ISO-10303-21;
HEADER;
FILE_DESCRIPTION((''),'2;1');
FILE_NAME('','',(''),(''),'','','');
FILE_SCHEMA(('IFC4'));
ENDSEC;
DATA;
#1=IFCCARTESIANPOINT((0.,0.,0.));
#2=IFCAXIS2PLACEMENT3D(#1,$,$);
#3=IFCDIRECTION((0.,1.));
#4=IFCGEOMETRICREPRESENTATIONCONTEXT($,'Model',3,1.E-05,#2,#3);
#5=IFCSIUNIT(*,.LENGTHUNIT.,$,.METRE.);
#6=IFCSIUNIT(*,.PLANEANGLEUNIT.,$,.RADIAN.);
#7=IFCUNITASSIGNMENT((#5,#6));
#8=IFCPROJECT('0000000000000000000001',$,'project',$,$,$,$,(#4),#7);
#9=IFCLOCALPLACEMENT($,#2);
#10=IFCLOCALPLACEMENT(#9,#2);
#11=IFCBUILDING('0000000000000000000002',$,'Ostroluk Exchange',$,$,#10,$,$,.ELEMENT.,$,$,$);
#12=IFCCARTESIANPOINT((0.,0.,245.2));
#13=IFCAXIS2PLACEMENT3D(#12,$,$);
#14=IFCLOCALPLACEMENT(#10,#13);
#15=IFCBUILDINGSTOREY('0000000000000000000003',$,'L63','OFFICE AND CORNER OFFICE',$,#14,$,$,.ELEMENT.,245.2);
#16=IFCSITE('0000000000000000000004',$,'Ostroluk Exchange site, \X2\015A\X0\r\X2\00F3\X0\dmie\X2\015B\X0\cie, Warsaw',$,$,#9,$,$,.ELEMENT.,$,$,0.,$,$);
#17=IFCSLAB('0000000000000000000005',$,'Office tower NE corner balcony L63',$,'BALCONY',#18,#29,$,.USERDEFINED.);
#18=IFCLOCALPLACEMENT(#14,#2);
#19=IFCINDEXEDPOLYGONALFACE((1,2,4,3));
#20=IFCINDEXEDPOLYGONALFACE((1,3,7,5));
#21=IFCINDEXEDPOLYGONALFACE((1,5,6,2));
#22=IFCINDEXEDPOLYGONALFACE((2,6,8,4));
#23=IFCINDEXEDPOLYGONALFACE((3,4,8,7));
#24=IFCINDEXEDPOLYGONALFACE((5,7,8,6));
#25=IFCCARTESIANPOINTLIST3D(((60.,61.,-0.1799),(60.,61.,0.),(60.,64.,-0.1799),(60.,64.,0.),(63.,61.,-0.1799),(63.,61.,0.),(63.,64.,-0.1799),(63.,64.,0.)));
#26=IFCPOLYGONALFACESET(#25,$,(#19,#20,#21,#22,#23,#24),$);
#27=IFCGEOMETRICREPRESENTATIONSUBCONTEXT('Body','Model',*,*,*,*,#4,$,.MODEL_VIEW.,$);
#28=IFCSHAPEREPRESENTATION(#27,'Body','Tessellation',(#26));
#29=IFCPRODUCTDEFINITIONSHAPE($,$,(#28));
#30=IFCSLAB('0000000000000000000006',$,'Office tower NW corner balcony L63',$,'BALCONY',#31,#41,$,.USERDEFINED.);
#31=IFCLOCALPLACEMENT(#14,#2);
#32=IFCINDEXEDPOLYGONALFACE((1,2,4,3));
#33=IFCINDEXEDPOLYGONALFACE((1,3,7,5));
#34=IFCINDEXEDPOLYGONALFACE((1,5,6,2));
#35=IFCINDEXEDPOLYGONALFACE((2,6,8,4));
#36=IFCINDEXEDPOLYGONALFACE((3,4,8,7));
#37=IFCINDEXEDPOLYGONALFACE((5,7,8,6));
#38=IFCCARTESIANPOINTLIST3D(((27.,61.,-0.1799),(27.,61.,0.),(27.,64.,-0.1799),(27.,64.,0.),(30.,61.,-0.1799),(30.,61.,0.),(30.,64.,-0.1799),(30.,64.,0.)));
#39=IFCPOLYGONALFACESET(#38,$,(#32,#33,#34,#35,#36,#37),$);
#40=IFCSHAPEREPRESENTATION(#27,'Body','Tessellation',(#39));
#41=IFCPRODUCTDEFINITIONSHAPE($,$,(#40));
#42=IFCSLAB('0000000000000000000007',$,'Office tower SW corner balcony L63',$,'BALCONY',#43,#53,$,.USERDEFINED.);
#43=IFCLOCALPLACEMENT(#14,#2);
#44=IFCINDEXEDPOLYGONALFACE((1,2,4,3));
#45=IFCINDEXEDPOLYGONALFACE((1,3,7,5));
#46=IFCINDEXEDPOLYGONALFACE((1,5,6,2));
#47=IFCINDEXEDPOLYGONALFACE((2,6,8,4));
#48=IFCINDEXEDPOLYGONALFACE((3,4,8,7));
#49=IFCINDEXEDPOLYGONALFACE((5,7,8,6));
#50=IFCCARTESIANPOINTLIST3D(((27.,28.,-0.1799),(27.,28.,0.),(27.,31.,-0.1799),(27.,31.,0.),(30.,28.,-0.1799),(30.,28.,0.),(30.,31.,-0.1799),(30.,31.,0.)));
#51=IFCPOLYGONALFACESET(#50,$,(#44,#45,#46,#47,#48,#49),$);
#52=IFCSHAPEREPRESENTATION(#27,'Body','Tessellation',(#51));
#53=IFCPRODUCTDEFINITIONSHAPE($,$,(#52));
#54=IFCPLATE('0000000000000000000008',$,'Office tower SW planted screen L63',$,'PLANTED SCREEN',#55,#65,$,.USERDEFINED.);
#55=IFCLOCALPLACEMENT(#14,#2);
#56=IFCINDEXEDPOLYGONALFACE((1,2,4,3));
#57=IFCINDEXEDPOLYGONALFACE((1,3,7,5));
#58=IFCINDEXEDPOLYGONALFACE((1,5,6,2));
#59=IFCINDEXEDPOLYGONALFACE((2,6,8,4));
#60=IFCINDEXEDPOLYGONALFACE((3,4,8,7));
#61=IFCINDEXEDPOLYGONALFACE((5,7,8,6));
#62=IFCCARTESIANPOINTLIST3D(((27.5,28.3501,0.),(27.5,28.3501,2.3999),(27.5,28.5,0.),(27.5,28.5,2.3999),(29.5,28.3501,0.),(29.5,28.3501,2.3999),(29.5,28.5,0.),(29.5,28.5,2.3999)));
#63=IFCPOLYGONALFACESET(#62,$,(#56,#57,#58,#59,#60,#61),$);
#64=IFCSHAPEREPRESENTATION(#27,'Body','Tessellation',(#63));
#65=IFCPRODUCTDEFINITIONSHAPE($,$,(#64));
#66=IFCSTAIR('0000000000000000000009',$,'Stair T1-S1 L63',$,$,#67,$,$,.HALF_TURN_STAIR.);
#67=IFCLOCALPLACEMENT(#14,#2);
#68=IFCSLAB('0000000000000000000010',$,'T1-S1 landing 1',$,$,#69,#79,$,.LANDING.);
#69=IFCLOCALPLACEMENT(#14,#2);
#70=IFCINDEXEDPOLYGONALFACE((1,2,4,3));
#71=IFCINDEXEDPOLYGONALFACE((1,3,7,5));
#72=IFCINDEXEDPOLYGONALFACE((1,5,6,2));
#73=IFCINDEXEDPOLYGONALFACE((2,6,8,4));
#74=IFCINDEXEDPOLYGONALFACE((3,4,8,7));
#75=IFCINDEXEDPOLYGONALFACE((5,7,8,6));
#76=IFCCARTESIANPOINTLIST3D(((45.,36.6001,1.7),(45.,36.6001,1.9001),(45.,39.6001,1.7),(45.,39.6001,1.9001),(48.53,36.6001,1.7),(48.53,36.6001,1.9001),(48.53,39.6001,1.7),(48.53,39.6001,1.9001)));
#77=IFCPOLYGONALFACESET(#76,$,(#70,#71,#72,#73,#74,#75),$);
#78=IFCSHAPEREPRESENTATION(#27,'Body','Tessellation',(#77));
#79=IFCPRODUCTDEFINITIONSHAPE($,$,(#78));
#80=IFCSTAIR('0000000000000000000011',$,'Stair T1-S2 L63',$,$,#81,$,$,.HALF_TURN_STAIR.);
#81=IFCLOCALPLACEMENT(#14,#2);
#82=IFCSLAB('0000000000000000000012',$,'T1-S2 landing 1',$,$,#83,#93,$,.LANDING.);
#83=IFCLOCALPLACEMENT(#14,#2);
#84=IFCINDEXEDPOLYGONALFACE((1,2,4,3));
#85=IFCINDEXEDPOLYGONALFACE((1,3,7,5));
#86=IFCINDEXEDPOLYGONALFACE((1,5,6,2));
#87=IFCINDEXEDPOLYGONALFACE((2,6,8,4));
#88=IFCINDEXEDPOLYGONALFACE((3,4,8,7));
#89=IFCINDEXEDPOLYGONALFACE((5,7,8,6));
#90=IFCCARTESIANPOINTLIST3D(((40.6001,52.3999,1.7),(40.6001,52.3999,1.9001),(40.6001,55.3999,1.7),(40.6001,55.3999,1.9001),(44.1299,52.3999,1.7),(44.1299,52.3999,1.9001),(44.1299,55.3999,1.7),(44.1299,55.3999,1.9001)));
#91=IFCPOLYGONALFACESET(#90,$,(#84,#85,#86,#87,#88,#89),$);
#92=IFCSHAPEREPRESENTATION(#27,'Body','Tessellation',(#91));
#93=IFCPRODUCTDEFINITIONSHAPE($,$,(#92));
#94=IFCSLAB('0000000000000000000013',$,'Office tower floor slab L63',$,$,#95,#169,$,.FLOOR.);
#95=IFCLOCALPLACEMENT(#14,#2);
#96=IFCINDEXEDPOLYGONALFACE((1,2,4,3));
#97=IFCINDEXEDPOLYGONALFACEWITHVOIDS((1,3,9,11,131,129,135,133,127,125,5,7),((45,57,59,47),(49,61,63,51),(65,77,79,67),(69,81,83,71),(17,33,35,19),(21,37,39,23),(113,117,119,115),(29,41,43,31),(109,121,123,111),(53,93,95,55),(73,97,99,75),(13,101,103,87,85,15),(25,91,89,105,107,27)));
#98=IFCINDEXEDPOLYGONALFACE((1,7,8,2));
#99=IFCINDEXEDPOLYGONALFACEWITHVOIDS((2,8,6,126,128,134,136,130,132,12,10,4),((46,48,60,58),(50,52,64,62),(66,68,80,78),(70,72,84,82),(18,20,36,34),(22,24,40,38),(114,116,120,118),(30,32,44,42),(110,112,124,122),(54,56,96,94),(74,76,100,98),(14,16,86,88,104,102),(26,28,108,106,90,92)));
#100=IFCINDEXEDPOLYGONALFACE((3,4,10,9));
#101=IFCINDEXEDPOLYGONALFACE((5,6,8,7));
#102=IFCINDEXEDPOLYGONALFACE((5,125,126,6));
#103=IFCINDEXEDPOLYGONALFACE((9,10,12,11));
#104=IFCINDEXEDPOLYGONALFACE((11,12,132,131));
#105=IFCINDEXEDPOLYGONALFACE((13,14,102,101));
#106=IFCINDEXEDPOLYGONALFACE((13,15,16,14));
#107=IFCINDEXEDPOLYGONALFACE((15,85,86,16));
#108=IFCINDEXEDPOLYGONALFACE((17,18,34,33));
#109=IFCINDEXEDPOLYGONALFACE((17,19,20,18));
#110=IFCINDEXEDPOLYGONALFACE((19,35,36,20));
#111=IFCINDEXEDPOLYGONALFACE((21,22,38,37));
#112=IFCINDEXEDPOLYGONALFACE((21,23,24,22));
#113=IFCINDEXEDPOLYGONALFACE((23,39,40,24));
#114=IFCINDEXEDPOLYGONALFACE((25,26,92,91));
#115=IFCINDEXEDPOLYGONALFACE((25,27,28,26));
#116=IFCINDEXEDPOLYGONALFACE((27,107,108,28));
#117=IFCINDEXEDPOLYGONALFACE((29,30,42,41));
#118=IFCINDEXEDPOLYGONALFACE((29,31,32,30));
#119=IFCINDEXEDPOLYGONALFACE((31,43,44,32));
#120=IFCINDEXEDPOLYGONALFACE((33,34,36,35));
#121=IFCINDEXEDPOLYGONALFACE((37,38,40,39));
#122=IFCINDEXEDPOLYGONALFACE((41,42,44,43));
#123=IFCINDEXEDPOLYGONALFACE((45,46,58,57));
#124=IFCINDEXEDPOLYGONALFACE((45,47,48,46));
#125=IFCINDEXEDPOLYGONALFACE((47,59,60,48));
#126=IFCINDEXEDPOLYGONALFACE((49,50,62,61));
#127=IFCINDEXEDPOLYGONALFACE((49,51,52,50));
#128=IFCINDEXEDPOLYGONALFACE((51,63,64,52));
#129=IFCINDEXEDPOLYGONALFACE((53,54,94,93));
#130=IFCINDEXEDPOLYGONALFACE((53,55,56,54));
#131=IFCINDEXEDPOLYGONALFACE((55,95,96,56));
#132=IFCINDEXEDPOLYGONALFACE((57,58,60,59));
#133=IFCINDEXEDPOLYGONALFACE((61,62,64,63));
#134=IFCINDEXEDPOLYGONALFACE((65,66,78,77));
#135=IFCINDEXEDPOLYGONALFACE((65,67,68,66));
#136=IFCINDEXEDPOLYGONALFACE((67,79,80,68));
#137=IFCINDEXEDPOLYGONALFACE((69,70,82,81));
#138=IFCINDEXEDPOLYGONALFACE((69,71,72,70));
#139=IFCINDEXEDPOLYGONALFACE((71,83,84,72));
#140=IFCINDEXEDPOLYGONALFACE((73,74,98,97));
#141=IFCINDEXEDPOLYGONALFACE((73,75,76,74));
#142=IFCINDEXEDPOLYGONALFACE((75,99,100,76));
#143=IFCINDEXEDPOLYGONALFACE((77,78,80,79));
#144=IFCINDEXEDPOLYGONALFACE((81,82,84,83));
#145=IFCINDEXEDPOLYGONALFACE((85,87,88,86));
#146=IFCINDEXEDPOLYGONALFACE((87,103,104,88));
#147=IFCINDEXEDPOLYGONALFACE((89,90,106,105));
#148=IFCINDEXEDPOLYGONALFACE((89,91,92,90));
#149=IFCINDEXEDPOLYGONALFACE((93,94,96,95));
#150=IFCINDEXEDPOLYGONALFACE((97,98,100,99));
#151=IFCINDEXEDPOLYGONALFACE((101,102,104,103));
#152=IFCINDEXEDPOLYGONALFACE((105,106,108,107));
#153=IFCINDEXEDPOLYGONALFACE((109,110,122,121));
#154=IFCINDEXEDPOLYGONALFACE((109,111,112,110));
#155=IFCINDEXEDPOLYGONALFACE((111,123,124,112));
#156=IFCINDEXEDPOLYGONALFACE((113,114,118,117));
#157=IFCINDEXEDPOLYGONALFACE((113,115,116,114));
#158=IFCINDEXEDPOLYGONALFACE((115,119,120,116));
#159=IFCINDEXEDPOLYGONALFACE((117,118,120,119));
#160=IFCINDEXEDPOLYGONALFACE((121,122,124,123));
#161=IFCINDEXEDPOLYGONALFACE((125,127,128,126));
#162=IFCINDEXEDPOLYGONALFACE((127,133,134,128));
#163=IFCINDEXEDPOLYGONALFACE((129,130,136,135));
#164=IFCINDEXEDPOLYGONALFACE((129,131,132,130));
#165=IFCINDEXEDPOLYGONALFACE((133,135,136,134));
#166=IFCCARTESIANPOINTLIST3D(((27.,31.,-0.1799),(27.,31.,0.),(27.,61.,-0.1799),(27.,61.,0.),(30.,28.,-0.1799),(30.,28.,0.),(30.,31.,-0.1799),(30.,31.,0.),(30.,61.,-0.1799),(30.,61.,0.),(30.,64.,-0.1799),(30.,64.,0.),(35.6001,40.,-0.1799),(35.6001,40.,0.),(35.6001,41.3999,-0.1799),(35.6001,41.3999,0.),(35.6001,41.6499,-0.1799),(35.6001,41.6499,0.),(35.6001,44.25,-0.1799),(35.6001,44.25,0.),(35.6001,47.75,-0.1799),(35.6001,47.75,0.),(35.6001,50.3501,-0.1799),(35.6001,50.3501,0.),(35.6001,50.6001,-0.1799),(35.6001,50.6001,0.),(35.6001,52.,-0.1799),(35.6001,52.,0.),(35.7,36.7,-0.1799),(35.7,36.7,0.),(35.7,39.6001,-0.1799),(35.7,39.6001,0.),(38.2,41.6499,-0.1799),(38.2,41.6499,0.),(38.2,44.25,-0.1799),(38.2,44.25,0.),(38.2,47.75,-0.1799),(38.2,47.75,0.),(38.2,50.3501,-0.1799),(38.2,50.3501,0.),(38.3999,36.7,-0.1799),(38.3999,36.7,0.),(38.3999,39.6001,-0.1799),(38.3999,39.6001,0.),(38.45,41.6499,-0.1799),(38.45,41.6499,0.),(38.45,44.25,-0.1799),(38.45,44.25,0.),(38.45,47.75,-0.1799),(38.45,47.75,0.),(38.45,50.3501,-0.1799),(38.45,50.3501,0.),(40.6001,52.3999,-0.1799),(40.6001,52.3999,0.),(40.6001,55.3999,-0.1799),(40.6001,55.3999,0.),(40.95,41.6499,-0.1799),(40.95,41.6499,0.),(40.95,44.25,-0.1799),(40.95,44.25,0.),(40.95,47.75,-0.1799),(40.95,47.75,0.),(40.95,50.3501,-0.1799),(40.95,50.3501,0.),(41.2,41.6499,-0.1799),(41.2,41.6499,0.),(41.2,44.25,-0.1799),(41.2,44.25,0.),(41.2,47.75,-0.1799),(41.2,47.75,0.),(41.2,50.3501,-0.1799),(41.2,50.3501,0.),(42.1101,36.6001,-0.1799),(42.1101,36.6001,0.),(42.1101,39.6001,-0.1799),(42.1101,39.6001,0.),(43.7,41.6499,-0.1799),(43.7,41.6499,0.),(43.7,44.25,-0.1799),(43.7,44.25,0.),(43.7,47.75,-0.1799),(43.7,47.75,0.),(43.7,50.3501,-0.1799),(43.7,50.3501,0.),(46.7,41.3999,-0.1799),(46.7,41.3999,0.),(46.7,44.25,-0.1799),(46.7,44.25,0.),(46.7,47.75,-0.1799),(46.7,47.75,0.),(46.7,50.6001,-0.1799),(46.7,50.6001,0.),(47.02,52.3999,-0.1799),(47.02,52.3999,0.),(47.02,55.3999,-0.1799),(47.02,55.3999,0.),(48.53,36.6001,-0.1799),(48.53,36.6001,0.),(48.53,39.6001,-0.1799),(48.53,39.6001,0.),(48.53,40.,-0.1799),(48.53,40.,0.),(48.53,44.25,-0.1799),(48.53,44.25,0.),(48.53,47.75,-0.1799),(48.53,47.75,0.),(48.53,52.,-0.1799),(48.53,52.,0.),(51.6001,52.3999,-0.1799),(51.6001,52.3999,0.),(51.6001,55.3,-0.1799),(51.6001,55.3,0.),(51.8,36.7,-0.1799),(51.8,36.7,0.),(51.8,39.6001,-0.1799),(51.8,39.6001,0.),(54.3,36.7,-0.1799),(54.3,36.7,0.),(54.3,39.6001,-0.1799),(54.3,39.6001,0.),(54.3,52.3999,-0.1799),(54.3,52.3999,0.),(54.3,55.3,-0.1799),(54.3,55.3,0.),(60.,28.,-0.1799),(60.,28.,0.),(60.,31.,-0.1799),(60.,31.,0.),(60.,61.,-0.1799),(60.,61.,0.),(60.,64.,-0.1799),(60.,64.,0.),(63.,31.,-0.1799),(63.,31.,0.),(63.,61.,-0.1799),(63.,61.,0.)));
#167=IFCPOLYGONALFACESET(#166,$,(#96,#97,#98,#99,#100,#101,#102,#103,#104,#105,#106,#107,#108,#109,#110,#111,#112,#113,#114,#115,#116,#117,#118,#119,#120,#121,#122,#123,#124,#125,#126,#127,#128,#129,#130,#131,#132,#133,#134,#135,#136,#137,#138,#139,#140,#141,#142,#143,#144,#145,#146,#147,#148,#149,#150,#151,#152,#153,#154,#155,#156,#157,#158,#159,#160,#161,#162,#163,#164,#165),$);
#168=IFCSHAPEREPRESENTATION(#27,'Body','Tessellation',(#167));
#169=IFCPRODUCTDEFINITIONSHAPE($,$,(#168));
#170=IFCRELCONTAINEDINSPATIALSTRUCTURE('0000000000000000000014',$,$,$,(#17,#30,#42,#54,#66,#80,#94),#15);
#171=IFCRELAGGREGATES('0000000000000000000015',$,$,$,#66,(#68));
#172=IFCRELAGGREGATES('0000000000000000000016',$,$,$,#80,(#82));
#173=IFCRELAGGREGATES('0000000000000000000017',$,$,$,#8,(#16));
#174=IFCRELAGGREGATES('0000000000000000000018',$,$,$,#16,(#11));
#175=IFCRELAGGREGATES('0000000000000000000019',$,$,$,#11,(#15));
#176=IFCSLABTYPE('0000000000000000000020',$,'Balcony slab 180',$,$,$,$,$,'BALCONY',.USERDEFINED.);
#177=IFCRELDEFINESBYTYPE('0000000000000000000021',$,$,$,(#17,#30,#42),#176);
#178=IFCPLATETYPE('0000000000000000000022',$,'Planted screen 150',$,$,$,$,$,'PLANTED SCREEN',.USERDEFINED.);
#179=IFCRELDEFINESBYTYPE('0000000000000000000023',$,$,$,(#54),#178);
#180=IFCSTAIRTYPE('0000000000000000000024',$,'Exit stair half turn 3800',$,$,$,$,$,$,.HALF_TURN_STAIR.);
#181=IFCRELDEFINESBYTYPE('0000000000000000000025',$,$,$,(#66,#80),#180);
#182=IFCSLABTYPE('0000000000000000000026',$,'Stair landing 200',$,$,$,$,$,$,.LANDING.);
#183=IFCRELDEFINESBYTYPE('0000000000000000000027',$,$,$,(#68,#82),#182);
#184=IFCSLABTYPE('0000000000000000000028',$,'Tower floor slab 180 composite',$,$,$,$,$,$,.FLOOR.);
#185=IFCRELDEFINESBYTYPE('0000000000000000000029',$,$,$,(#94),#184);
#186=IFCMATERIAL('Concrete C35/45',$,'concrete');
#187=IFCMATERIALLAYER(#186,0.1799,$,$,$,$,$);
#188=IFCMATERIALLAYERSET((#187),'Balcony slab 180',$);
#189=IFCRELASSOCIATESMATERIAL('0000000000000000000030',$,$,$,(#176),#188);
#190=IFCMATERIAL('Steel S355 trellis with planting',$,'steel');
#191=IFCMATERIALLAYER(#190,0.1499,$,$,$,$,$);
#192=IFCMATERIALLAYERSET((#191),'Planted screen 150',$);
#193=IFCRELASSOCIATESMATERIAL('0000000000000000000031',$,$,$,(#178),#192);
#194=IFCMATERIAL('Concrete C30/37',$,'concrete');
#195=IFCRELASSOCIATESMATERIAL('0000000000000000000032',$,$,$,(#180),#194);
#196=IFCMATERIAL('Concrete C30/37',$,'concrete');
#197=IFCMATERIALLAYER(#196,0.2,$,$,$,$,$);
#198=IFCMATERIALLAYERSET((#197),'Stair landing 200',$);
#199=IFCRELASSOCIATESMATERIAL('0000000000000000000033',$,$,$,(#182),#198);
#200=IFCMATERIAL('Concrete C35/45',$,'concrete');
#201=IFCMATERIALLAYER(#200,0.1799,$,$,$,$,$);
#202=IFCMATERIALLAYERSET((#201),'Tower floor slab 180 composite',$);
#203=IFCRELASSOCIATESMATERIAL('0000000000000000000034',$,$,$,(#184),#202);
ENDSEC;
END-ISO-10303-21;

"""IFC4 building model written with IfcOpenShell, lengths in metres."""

from ifc_helpers import new_model, si_unit, direction, frame, origin, origin_2d, place, context, subcontext, project, spatial, polyline, rectangle, outline, extrude, material, layer, layer_set, type_object, element, aggregate, save


model = new_model("IFC4")

# Units and contexts
model_context = context("Model", 3, precision=1e-05, world=origin(), true_north=direction((0.0, 1.0)))
body_context = subcontext(model_context, "Body", "Model", "MODEL_VIEW")
ifc_project = project(units=[si_unit("LENGTHUNIT", "METRE"), si_unit("PLANEANGLEUNIT", "RADIAN")], contexts=[model_context])

# Site, building, storey
site_placement = place(None, origin())
site = spatial("IfcSite", under=ifc_project, at=site_placement, Name="Ostroluk Exchange site, Śródmieście, Warsaw", CompositionType="ELEMENT", RefElevation=0.0)
building_placement = place(site_placement, origin())
building = spatial("IfcBuilding", under=site, at=building_placement, Name="Ostroluk Exchange", CompositionType="ELEMENT")
storey_placement = place(building_placement, frame((0.0, 0.0, 245.2)))
storey = spatial("IfcBuildingStorey", under=building, at=storey_placement, Name="L63", Description="OFFICE AND CORNER OFFICE", CompositionType="ELEMENT", Elevation=245.2)

# Slabs
ifc_material_1 = material(Name="Concrete C35/45", Category="concrete")
ifc_layer_1 = layer(ifc_material_1, 0.1799)
ifc_layer_set_1 = layer_set([ifc_layer_1], Name="Balcony slab 180")
slab_type_1 = type_object("IfcSlabType", Name="Balcony slab 180", ElementType="BALCONY", PredefinedType="USERDEFINED", material=ifc_layer_set_1)
slab_1_placement = place(storey_placement, frame((0.0, 0.0, -0.1799)))
element("IfcSlab", 1, at=slab_1_placement, inside=storey, type_object=slab_type_1, Name="Office tower NE corner balcony L63", ObjectType="BALCONY", PredefinedType="USERDEFINED", context=body_context, shape_type="SweptSolid", body=[
    extrude(outline(polyline([(60.0, 61.0), (63.0, 61.0), (63.0, 64.0), (60.0, 64.0), (60.0, 61.0)])), origin(), (0.0, 0.0, 1.0), 0.1799),
])
slab_2_placement = place(storey_placement, frame((0.0, 0.0, -0.1799)))
element("IfcSlab", 2, at=slab_2_placement, inside=storey, type_object=slab_type_1, Name="Office tower NW corner balcony L63", ObjectType="BALCONY", PredefinedType="USERDEFINED", context=body_context, shape_type="SweptSolid", body=[
    extrude(outline(polyline([(27.0, 61.0), (30.0, 61.0), (30.0, 64.0), (27.0, 64.0), (27.0, 61.0)])), origin(), (0.0, 0.0, 1.0), 0.1799),
])
slab_3_placement = place(storey_placement, frame((0.0, 0.0, -0.1799)))
element("IfcSlab", 3, at=slab_3_placement, inside=storey, type_object=slab_type_1, Name="Office tower SW corner balcony L63", ObjectType="BALCONY", PredefinedType="USERDEFINED", context=body_context, shape_type="SweptSolid", body=[
    extrude(outline(polyline([(27.0, 28.0), (30.0, 28.0), (30.0, 31.0), (27.0, 31.0), (27.0, 28.0)])), origin(), (0.0, 0.0, 1.0), 0.1799),
])

# Plate
ifc_material_2 = material(Name="Steel S355 trellis with planting", Category="steel")
ifc_layer_2 = layer(ifc_material_2, 0.1499)
ifc_layer_set_2 = layer_set([ifc_layer_2], Name="Planted screen 150")
plate_type = type_object("IfcPlateType", Name="Planted screen 150", ElementType="PLANTED SCREEN", PredefinedType="USERDEFINED", material=ifc_layer_set_2)
plate_placement = place(storey_placement, frame((28.5, 28.425, 0.0), z_axis=(0.0, 0.0, 1.0), x_axis=(1.0, 0.0, 0.0)))
element("IfcPlate", 4, at=plate_placement, inside=storey, type_object=plate_type, Name="Office tower SW planted screen L63", ObjectType="PLANTED SCREEN", PredefinedType="USERDEFINED", context=body_context, shape_type="SweptSolid", body=[
    extrude(rectangle(XDim=2.0, YDim=0.1499, at=origin_2d()), origin(), (0.0, 0.0, 1.0), 2.3999),
])

# Stairs, slabs
ifc_material_3 = material(Name="Concrete C30/37", Category="concrete")
stair_type = type_object("IfcStairType", Name="Exit stair half turn 3800", PredefinedType="HALF_TURN_STAIR", material=ifc_material_3)
stair_1_placement = place(storey_placement, origin())
stair_1 = element("IfcStair", 5, at=stair_1_placement, inside=storey, type_object=stair_type, Name="Stair T1-S1 L63", PredefinedType="HALF_TURN_STAIR")
ifc_material_4 = material(Name="Concrete C30/37", Category="concrete")
ifc_layer_3 = layer(ifc_material_4, 0.2)
ifc_layer_set_3 = layer_set([ifc_layer_3], Name="Stair landing 200")
slab_type_2 = type_object("IfcSlabType", Name="Stair landing 200", PredefinedType="LANDING", material=ifc_layer_set_3)
slab_4_placement = place(storey_placement, frame((0.0, 0.0, 1.7)))
slab_4 = element("IfcSlab", 6, at=slab_4_placement, type_object=slab_type_2, Name="T1-S1 landing 1", PredefinedType="LANDING", context=body_context, shape_type="SweptSolid", body=[
    extrude(outline(polyline([(45.0, 36.6001), (45.0, 39.6001), (48.53, 39.6001), (48.53, 36.6001), (45.0, 36.6001)])), origin(), (0.0, 0.0, 1.0), 0.2002),
])
aggregate(stair_1, [slab_4])
stair_2_placement = place(storey_placement, origin())
stair_2 = element("IfcStair", 7, at=stair_2_placement, inside=storey, type_object=stair_type, Name="Stair T1-S2 L63", PredefinedType="HALF_TURN_STAIR")
slab_5_placement = place(storey_placement, frame((0.0, 0.0, 1.7)))
slab_5 = element("IfcSlab", 8, at=slab_5_placement, type_object=slab_type_2, Name="T1-S2 landing 1", PredefinedType="LANDING", context=body_context, shape_type="SweptSolid", body=[
    extrude(outline(polyline([(44.1299, 52.3999), (44.1299, 55.3999), (40.6001, 55.3999), (40.6001, 52.3999), (44.1299, 52.3999)])), origin(), (0.0, 0.0, 1.0), 0.2002),
])
aggregate(stair_2, [slab_5])

# Slab
ifc_material_5 = material(Name="Concrete C35/45", Category="concrete")
ifc_layer_4 = layer(ifc_material_5, 0.1799)
ifc_layer_set_4 = layer_set([ifc_layer_4], Name="Tower floor slab 180 composite")
slab_type_3 = type_object("IfcSlabType", Name="Tower floor slab 180 composite", PredefinedType="FLOOR", material=ifc_layer_set_4)
slab_6_placement = place(storey_placement, frame((0.0, 0.0, -0.1799)))
element("IfcSlab", 9, at=slab_6_placement, inside=storey, type_object=slab_type_3, Name="Office tower floor slab L63", PredefinedType="FLOOR", context=body_context, shape_type="SweptSolid", body=[
    extrude(outline(polyline([(30.0, 28.0), (60.0, 28.0), (60.0, 31.0), (63.0, 31.0), (63.0, 61.0), (60.0, 61.0), (60.0, 64.0), (30.0, 64.0), (30.0, 61.0), (27.0, 61.0), (27.0, 31.0), (30.0, 31.0), (30.0, 28.0)]), holes=[polyline([(35.7, 36.7), (38.3999, 36.7), (38.3999, 39.6001), (35.7, 39.6001), (35.7, 36.7)]), polyline([(42.1101, 36.6001), (48.53, 36.6001), (48.53, 39.6001), (42.1101, 39.6001), (42.1101, 36.6001)]), polyline([(51.8, 36.7), (54.3, 36.7), (54.3, 39.6001), (51.8, 39.6001), (51.8, 36.7)]), polyline([(40.6001, 52.3999), (47.02, 52.3999), (47.02, 55.3999), (40.6001, 55.3999), (40.6001, 52.3999)]), polyline([(51.6001, 52.3999), (54.3, 52.3999), (54.3, 55.3), (51.6001, 55.3), (51.6001, 52.3999)]), polyline([(35.6001, 47.75), (38.2, 47.75), (38.2, 50.3501), (35.6001, 50.3501), (35.6001, 47.75)]), polyline([(38.45, 47.75), (40.95, 47.75), (40.95, 50.3501), (38.45, 50.3501), (38.45, 47.75)]), polyline([(41.2, 47.75), (43.7, 47.75), (43.7, 50.3501), (41.2, 50.3501), (41.2, 47.75)]), polyline([(35.6001, 41.6499), (38.2, 41.6499), (38.2, 44.25), (35.6001, 44.25), (35.6001, 41.6499)]), polyline([(38.45, 41.6499), (40.95, 41.6499), (40.95, 44.25), (38.45, 44.25), (38.45, 41.6499)]), polyline([(41.2, 41.6499), (43.7, 41.6499), (43.7, 44.25), (41.2, 44.25), (41.2, 41.6499)]), polyline([(48.53, 52.0), (48.53, 47.75), (46.7, 47.75), (46.7, 50.6001), (35.6001, 50.6001), (35.6001, 52.0), (48.53, 52.0)]), polyline([(35.6001, 40.0), (35.6001, 41.3999), (46.7, 41.3999), (46.7, 44.25), (48.53, 44.25), (48.53, 40.0), (35.6001, 40.0)])]), origin(), (0.0, 0.0, 1.0), 0.1799),
])

save(model, "model.ifc")
